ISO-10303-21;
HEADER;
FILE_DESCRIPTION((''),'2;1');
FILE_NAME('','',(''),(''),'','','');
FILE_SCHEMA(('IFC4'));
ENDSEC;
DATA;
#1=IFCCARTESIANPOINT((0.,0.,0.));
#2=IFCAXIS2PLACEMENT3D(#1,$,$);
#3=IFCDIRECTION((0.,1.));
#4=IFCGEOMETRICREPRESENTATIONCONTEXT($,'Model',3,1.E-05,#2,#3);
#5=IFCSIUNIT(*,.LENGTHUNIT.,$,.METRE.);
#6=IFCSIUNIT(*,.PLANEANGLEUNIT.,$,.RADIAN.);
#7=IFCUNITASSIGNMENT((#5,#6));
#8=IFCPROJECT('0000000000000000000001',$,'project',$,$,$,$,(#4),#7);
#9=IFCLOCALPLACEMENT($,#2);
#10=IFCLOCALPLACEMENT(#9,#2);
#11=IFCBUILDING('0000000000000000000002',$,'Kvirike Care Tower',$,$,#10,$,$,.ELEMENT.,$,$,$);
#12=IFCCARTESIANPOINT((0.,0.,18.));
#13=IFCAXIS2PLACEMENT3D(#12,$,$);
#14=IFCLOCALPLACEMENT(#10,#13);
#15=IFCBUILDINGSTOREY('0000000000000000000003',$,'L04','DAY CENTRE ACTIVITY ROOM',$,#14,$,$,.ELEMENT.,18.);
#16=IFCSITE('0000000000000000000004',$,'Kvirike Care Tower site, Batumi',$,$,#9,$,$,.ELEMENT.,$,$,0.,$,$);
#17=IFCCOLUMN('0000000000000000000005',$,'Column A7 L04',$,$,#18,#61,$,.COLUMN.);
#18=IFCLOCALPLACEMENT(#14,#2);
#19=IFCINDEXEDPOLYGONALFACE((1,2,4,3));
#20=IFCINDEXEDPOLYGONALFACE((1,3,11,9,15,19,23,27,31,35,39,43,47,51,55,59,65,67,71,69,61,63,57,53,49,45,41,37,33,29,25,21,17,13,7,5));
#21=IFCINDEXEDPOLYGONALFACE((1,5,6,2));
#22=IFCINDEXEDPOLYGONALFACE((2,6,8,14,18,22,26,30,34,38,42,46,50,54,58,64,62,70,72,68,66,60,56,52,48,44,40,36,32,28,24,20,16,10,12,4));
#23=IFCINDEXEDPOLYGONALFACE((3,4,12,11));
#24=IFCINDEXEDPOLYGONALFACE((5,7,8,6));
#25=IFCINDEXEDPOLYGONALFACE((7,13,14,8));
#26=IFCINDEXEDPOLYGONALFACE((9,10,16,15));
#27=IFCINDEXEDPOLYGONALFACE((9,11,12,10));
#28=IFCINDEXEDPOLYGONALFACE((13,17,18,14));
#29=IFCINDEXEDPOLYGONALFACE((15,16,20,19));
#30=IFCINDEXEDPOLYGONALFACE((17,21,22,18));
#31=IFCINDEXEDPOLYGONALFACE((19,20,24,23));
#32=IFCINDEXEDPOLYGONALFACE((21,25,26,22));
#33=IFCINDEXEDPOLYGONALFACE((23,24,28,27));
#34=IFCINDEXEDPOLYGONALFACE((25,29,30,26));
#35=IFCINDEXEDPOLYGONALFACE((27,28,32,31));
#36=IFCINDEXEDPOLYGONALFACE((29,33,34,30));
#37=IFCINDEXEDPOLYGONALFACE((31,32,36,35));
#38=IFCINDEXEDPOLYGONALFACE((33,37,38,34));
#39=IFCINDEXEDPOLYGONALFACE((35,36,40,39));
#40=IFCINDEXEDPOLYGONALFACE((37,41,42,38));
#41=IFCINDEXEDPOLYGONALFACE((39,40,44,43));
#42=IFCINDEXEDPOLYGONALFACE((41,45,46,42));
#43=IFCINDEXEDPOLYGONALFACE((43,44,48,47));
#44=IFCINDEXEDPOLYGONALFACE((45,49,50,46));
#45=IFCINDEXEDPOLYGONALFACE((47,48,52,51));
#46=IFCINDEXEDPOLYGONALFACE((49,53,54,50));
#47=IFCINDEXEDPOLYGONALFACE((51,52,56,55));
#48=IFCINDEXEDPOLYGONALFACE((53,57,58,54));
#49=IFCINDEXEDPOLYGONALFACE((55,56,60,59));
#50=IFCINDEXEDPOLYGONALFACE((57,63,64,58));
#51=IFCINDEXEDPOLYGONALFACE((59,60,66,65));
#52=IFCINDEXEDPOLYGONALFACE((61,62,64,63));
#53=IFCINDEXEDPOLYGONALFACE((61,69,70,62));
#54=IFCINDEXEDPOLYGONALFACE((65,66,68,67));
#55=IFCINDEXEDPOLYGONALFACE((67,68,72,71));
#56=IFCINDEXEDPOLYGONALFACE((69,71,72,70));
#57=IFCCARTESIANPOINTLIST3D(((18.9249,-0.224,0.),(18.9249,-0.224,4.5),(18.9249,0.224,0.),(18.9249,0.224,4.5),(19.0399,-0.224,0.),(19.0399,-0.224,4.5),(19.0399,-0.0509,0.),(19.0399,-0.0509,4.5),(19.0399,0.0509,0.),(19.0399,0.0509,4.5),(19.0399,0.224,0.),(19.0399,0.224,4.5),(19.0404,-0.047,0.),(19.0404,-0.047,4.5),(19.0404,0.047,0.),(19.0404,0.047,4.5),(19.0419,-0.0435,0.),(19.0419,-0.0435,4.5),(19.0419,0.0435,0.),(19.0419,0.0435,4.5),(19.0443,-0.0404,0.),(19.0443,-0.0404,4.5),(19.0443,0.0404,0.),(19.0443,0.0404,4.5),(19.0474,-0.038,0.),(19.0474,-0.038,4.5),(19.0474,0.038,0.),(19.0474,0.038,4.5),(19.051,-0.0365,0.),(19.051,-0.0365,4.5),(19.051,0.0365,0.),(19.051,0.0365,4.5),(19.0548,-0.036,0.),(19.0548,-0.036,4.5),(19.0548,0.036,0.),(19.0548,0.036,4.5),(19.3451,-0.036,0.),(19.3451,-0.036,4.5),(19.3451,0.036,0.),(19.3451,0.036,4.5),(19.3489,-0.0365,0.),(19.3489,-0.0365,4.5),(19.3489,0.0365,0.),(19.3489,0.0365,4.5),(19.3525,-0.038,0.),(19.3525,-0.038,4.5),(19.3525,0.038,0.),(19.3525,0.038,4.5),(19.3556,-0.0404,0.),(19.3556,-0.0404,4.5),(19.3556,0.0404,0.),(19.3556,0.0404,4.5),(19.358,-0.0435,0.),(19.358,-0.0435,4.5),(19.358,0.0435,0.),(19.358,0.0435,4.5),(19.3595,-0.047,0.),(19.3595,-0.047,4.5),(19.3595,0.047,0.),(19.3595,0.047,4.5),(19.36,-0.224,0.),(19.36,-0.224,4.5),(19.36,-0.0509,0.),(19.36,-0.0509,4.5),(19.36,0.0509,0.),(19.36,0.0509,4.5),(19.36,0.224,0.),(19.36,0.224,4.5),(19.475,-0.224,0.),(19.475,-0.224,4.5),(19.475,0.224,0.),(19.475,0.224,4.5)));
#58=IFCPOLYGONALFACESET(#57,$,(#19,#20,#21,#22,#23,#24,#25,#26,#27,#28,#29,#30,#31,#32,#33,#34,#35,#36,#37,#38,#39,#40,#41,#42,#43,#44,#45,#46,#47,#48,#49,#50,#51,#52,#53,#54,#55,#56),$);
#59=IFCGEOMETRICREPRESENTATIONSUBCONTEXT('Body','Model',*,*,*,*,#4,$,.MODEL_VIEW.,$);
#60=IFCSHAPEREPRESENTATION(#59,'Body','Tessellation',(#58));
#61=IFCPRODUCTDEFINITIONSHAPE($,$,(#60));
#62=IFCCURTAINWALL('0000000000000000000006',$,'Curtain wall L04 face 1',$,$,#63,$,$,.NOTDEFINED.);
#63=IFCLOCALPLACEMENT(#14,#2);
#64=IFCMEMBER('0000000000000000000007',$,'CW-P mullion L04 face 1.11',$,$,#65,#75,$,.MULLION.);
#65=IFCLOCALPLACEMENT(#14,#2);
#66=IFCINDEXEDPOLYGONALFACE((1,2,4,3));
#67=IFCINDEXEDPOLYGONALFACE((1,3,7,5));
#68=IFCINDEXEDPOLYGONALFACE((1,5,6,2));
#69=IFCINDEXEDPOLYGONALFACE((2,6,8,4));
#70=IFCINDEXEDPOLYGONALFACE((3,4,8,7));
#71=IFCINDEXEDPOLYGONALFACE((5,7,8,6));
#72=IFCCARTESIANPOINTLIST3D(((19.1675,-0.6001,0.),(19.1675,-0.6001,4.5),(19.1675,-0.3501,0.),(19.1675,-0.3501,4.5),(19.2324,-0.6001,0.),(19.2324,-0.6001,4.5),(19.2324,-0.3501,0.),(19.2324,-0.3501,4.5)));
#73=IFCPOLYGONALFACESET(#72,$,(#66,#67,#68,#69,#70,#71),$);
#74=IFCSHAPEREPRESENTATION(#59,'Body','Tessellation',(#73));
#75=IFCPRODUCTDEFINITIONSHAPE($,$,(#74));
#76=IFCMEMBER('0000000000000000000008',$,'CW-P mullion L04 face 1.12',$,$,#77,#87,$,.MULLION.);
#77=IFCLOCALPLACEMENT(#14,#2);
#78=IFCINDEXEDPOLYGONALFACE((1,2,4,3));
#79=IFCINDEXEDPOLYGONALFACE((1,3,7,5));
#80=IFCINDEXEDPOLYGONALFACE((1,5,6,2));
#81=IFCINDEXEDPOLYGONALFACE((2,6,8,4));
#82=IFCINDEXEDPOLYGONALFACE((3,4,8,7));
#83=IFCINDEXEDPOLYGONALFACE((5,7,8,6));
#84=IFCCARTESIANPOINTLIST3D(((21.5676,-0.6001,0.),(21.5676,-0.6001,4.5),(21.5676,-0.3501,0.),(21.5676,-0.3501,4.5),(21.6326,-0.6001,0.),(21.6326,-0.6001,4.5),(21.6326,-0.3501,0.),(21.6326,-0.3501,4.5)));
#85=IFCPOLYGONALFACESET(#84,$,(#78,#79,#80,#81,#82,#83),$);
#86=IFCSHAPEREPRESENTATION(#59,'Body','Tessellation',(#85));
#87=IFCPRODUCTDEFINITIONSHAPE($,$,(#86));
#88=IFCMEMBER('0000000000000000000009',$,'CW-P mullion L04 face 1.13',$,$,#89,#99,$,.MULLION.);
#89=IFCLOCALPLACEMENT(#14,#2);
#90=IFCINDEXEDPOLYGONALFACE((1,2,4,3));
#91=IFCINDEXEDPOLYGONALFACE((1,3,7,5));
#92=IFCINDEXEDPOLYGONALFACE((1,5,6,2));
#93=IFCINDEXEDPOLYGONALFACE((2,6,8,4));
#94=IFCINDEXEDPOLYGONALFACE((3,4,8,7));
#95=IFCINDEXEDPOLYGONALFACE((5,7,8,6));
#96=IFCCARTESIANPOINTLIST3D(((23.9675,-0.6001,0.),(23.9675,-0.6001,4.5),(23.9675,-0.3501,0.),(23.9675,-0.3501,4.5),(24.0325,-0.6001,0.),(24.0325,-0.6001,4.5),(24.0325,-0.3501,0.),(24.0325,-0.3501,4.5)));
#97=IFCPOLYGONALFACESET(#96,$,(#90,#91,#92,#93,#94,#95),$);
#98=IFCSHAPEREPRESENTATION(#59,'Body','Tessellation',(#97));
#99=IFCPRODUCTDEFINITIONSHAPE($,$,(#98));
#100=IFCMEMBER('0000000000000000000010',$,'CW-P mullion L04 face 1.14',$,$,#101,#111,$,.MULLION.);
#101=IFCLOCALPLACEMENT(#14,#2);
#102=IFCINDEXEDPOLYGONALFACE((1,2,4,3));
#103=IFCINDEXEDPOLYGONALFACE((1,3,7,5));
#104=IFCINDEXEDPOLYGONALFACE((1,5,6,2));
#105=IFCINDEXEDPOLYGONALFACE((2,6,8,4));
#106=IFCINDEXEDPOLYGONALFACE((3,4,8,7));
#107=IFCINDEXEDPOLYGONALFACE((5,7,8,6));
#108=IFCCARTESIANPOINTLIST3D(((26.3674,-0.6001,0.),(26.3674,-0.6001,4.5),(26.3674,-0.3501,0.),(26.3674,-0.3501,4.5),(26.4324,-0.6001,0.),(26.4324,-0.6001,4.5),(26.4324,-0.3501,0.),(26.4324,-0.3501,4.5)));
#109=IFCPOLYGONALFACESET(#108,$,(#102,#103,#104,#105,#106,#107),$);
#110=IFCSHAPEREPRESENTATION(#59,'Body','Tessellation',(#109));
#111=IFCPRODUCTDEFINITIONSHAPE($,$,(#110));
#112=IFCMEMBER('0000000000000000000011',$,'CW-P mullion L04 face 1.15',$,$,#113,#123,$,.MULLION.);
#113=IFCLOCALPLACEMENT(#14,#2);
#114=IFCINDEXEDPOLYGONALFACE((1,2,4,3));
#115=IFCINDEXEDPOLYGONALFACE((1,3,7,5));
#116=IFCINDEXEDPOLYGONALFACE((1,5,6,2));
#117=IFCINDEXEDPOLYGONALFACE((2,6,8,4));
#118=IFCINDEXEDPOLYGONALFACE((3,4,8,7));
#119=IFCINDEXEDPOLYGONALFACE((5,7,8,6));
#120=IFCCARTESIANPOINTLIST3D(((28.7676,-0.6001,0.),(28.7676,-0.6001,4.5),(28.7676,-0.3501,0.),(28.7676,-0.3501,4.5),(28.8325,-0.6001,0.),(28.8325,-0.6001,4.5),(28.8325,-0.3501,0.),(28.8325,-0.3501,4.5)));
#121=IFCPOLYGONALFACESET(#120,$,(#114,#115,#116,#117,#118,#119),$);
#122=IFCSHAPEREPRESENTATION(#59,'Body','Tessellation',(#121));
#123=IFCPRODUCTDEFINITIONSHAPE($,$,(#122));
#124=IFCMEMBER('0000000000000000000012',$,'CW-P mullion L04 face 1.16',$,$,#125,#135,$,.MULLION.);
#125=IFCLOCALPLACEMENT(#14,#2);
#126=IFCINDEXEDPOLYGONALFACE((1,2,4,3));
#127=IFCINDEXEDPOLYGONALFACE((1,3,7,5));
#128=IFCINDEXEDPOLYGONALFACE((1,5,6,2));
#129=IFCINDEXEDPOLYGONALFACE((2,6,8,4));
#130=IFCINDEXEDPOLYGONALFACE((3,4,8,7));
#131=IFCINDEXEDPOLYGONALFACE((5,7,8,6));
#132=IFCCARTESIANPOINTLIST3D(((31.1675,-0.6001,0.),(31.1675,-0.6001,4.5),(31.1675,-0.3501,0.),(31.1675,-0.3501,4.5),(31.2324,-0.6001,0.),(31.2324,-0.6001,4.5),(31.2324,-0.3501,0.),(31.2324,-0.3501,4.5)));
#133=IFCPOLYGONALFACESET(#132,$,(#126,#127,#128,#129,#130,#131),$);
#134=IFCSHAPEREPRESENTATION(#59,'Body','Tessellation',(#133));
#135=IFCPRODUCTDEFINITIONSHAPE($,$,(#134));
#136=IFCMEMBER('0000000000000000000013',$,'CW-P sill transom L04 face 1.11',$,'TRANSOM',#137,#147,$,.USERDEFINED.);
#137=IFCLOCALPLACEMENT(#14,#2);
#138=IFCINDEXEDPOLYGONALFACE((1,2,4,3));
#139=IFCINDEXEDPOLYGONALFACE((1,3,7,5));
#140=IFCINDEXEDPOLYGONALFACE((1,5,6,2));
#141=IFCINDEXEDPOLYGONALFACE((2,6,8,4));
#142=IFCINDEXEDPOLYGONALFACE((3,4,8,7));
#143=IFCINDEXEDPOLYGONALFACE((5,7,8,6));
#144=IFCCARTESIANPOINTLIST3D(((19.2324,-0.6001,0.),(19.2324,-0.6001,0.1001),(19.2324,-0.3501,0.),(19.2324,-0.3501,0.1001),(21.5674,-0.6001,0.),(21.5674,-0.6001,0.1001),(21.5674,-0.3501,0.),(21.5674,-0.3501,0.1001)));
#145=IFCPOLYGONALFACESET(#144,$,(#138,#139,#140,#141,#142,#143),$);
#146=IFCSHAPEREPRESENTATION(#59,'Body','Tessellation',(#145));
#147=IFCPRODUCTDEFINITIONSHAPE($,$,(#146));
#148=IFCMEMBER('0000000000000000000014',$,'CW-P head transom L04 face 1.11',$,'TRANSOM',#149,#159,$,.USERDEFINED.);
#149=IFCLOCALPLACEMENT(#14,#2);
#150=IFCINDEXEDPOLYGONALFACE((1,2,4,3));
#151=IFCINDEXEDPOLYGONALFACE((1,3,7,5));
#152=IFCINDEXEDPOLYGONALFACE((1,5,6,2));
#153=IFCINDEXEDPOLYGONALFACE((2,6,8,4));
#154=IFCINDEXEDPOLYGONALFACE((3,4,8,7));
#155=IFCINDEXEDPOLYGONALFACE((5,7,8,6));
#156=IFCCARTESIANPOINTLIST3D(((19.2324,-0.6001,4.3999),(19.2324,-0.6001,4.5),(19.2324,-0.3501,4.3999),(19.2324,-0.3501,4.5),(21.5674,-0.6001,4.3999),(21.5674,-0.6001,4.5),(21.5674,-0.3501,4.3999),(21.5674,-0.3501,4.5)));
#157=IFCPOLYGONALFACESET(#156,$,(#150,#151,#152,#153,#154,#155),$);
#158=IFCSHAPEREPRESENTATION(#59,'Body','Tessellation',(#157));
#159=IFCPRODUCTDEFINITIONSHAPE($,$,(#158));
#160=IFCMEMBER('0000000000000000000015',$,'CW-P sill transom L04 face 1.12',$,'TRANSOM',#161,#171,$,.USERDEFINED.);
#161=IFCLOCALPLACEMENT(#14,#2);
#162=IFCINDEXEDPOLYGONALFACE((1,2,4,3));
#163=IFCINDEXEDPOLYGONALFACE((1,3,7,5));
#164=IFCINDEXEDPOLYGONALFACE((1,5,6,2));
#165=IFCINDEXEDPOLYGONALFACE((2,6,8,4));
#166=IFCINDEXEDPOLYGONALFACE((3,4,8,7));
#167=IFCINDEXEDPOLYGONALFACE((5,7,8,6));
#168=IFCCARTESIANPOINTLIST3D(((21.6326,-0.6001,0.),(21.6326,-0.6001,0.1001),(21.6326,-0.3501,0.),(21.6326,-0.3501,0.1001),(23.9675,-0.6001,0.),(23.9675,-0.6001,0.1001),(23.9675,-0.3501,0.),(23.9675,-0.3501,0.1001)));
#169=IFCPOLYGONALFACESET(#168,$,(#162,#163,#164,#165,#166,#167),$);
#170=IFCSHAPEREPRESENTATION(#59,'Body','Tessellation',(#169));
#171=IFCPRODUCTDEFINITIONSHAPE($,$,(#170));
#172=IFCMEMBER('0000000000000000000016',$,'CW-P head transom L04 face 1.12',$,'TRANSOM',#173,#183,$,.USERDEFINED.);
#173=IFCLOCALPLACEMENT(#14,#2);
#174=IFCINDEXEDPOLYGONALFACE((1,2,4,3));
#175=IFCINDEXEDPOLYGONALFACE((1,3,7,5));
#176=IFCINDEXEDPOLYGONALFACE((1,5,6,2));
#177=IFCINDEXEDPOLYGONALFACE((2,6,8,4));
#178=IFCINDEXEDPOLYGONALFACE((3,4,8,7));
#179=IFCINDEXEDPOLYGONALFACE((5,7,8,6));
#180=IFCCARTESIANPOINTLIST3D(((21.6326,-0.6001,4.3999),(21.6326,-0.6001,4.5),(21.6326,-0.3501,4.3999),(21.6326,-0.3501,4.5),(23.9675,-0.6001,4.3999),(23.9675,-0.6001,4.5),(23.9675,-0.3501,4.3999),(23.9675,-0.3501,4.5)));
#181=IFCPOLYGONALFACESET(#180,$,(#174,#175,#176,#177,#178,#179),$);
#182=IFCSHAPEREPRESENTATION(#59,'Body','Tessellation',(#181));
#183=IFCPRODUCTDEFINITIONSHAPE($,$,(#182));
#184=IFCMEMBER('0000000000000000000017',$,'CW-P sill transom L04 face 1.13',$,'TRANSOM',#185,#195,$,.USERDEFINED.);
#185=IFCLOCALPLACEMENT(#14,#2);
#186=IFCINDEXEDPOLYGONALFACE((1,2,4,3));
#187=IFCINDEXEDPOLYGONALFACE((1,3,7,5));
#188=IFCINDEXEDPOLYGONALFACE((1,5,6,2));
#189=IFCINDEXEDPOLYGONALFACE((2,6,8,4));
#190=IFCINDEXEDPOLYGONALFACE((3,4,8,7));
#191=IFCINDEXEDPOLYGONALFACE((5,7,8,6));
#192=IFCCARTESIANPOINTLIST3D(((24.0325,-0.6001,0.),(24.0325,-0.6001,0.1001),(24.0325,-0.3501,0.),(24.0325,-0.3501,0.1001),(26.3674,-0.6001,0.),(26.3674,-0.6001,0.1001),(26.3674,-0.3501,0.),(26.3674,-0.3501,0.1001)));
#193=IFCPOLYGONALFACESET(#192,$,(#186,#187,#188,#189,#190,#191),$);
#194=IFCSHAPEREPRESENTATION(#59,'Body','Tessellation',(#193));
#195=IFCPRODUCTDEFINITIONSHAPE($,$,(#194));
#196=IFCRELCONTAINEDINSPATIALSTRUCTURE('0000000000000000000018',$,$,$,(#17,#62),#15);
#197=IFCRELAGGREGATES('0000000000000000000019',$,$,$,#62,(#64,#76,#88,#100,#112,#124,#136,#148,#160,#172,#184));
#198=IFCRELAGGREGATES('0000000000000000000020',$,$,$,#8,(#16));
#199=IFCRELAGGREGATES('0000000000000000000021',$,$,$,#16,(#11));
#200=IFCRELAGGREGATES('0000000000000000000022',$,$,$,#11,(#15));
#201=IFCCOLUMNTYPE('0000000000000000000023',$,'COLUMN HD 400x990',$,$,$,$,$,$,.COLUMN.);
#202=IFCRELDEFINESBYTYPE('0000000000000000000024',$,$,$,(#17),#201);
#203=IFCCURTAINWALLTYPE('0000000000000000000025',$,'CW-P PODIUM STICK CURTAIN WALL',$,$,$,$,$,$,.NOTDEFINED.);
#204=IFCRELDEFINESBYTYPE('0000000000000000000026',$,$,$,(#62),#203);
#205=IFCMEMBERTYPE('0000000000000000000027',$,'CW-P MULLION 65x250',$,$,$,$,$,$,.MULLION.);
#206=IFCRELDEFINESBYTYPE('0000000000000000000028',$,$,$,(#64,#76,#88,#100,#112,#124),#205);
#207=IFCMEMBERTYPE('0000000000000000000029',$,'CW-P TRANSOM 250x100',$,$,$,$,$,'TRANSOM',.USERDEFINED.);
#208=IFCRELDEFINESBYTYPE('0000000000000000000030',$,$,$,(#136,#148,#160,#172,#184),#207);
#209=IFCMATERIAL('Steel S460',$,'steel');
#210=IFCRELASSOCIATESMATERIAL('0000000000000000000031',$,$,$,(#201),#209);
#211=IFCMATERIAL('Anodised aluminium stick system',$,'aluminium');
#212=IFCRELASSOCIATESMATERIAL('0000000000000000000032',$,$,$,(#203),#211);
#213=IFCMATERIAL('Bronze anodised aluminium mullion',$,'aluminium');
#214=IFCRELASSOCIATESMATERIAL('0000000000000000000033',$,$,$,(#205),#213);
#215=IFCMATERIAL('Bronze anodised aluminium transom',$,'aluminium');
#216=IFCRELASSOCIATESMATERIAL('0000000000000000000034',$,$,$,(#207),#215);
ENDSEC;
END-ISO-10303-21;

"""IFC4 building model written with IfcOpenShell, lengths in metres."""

from ifc_helpers import new_model, si_unit, direction, frame, origin, origin_2d, place, context, subcontext, project, spatial, rectangle, i_section, extrude, material, material_profile, profile_set, type_object, element, aggregate, save


model = new_model("IFC4")

# Units and contexts
model_context = context("Model", 3, precision=1e-05, world=origin(), true_north=direction((0.0, 1.0)))
body_context = subcontext(model_context, "Body", "Model", "MODEL_VIEW")
ifc_project = project(units=[si_unit("LENGTHUNIT", "METRE"), si_unit("PLANEANGLEUNIT", "RADIAN")], contexts=[model_context])

# Site, building, storey
site_placement = place(None, origin())
site = spatial("IfcSite", under=ifc_project, at=site_placement, Name="Kvirike Care Tower site, Batumi", CompositionType="ELEMENT", RefElevation=0.0)
building_placement = place(site_placement, origin())
building = spatial("IfcBuilding", under=site, at=building_placement, Name="Kvirike Care Tower", CompositionType="ELEMENT")
storey_placement = place(building_placement, frame((0.0, 0.0, 18.0)))
storey = spatial("IfcBuildingStorey", under=building, at=storey_placement, Name="L04", Description="DAY CENTRE ACTIVITY ROOM", CompositionType="ELEMENT", Elevation=18.0)

# Column
ifc_material_1 = material(Name="Steel S460", Category="steel")
ifc_material_profile_1 = material_profile(ifc_material_1, i_section(OverallWidth=0.448, OverallDepth=0.55, WebThickness=0.072, FlangeThickness=0.115, FilletRadius=0.0149, at=origin_2d()), Name="HD 400x990")
ifc_profile_set_1 = profile_set([ifc_material_profile_1], Name="Steel S460")
column_type = type_object("IfcColumnType", Name="COLUMN HD 400x990", PredefinedType="COLUMN", material=ifc_profile_set_1)
column_placement = place(storey_placement, frame((19.2, 0.0, 0.0), z_axis=(0.0, 0.0, 1.0), x_axis=(0.0, 1.0, 0.0)))
element("IfcColumn", 1, at=column_placement, inside=storey, type_object=column_type, Name="Column A7 L04", PredefinedType="COLUMN", context=body_context, shape_type="SweptSolid", body=[
    extrude(i_section(OverallWidth=0.448, OverallDepth=0.55, WebThickness=0.072, FlangeThickness=0.115, FilletRadius=0.0149, at=origin_2d()), origin(), (0.0, 0.0, 1.0), 4.5),
])

# Curtain wall, members
ifc_material_2 = material(Name="Anodised aluminium stick system", Category="aluminium")
curtain_wall_type = type_object("IfcCurtainWallType", Name="CW-P PODIUM STICK CURTAIN WALL", PredefinedType="NOTDEFINED", material=ifc_material_2)
curtain_wall_placement = place(storey_placement, origin())
curtain_wall = element("IfcCurtainWall", 2, at=curtain_wall_placement, inside=storey, type_object=curtain_wall_type, Name="Curtain wall L04 face 1", PredefinedType="NOTDEFINED")
ifc_material_3 = material(Name="Bronze anodised aluminium mullion", Category="aluminium")
ifc_material_profile_2 = material_profile(ifc_material_3, rectangle(XDim=0.0649, YDim=0.25, at=origin_2d()), Name="CW-P MULLION 65x250")
ifc_profile_set_2 = profile_set([ifc_material_profile_2], Name="Bronze anodised aluminium mullion")
member_type_1 = type_object("IfcMemberType", Name="CW-P MULLION 65x250", PredefinedType="MULLION", material=ifc_profile_set_2)
member_1_placement = place(storey_placement, frame((19.2, -0.4751, 0.0), z_axis=(0.0, 0.0, 1.0), x_axis=(1.0, 0.0, 0.0)))
member_1 = element("IfcMember", 3, at=member_1_placement, type_object=member_type_1, Name="CW-P mullion L04 face 1.11", PredefinedType="MULLION", context=body_context, shape_type="SweptSolid", body=[
    extrude(rectangle(XDim=0.0649, YDim=0.25, at=origin_2d()), origin(), (0.0, 0.0, 1.0), 4.5),
])
member_2_placement = place(storey_placement, frame((21.6001, -0.4751, 0.0), z_axis=(0.0, 0.0, 1.0), x_axis=(1.0, 0.0, 0.0)))
member_2 = element("IfcMember", 4, at=member_2_placement, type_object=member_type_1, Name="CW-P mullion L04 face 1.12", PredefinedType="MULLION", context=body_context, shape_type="SweptSolid", body=[
    extrude(rectangle(XDim=0.0649, YDim=0.25, at=origin_2d()), origin(), (0.0, 0.0, 1.0), 4.5),
])
member_3_placement = place(storey_placement, frame((24.0, -0.4751, 0.0), z_axis=(0.0, 0.0, 1.0), x_axis=(1.0, 0.0, 0.0)))
member_3 = element("IfcMember", 5, at=member_3_placement, type_object=member_type_1, Name="CW-P mullion L04 face 1.13", PredefinedType="MULLION", context=body_context, shape_type="SweptSolid", body=[
    extrude(rectangle(XDim=0.0649, YDim=0.25, at=origin_2d()), origin(), (0.0, 0.0, 1.0), 4.5),
])
member_4_placement = place(storey_placement, frame((26.3999, -0.4751, 0.0), z_axis=(0.0, 0.0, 1.0), x_axis=(1.0, 0.0, 0.0)))
member_4 = element("IfcMember", 6, at=member_4_placement, type_object=member_type_1, Name="CW-P mullion L04 face 1.14", PredefinedType="MULLION", context=body_context, shape_type="SweptSolid", body=[
    extrude(rectangle(XDim=0.0649, YDim=0.25, at=origin_2d()), origin(), (0.0, 0.0, 1.0), 4.5),
])
member_5_placement = place(storey_placement, frame((28.8, -0.4751, 0.0), z_axis=(0.0, 0.0, 1.0), x_axis=(1.0, 0.0, 0.0)))
member_5 = element("IfcMember", 7, at=member_5_placement, type_object=member_type_1, Name="CW-P mullion L04 face 1.15", PredefinedType="MULLION", context=body_context, shape_type="SweptSolid", body=[
    extrude(rectangle(XDim=0.0649, YDim=0.25, at=origin_2d()), origin(), (0.0, 0.0, 1.0), 4.5),
])
member_6_placement = place(storey_placement, frame((31.2, -0.4751, 0.0), z_axis=(0.0, 0.0, 1.0), x_axis=(1.0, 0.0, 0.0)))
member_6 = element("IfcMember", 8, at=member_6_placement, type_object=member_type_1, Name="CW-P mullion L04 face 1.16", PredefinedType="MULLION", context=body_context, shape_type="SweptSolid", body=[
    extrude(rectangle(XDim=0.0649, YDim=0.25, at=origin_2d()), origin(), (0.0, 0.0, 1.0), 4.5),
])
ifc_material_4 = material(Name="Bronze anodised aluminium transom", Category="aluminium")
ifc_material_profile_3 = material_profile(ifc_material_4, rectangle(XDim=0.25, YDim=0.1001, at=origin_2d()), Name="CW-P TRANSOM 250x100")
ifc_profile_set_3 = profile_set([ifc_material_profile_3], Name="Bronze anodised aluminium transom")
member_type_2 = type_object("IfcMemberType", Name="CW-P TRANSOM 250x100", ElementType="TRANSOM", PredefinedType="USERDEFINED", material=ifc_profile_set_3)
member_7_placement = place(storey_placement, frame((19.2324, -0.4751, 0.05), z_axis=(1.0, 0.0, 0.0), x_axis=(0.0, 1.0, 0.0)))
member_7 = element("IfcMember", 9, at=member_7_placement, type_object=member_type_2, Name="CW-P sill transom L04 face 1.11", ObjectType="TRANSOM", PredefinedType="USERDEFINED", context=body_context, shape_type="SweptSolid", body=[
    extrude(rectangle(XDim=0.25, YDim=0.1001, at=origin_2d()), origin(), (0.0, 0.0, 1.0), 2.335),
])
member_8_placement = place(storey_placement, frame((19.2324, -0.4751, 4.45), z_axis=(1.0, 0.0, 0.0), x_axis=(0.0, 1.0, 0.0)))
member_8 = element("IfcMember", 10, at=member_8_placement, type_object=member_type_2, Name="CW-P head transom L04 face 1.11", ObjectType="TRANSOM", PredefinedType="USERDEFINED", context=body_context, shape_type="SweptSolid", body=[
    extrude(rectangle(XDim=0.25, YDim=0.1001, at=origin_2d()), origin(), (0.0, 0.0, 1.0), 2.335),
])
member_9_placement = place(storey_placement, frame((21.6326, -0.4751, 0.05), z_axis=(1.0, 0.0, 0.0), x_axis=(0.0, 1.0, 0.0)))
member_9 = element("IfcMember", 11, at=member_9_placement, type_object=member_type_2, Name="CW-P sill transom L04 face 1.12", ObjectType="TRANSOM", PredefinedType="USERDEFINED", context=body_context, shape_type="SweptSolid", body=[
    extrude(rectangle(XDim=0.25, YDim=0.1001, at=origin_2d()), origin(), (0.0, 0.0, 1.0), 2.335),
])
member_10_placement = place(storey_placement, frame((21.6326, -0.4751, 4.45), z_axis=(1.0, 0.0, 0.0), x_axis=(0.0, 1.0, 0.0)))
member_10 = element("IfcMember", 12, at=member_10_placement, type_object=member_type_2, Name="CW-P head transom L04 face 1.12", ObjectType="TRANSOM", PredefinedType="USERDEFINED", context=body_context, shape_type="SweptSolid", body=[
    extrude(rectangle(XDim=0.25, YDim=0.1001, at=origin_2d()), origin(), (0.0, 0.0, 1.0), 2.335),
])
member_11_placement = place(storey_placement, frame((24.0325, -0.4751, 0.05), z_axis=(1.0, 0.0, 0.0), x_axis=(0.0, 1.0, 0.0)))
member_11 = element("IfcMember", 13, at=member_11_placement, type_object=member_type_2, Name="CW-P sill transom L04 face 1.13", ObjectType="TRANSOM", PredefinedType="USERDEFINED", context=body_context, shape_type="SweptSolid", body=[
    extrude(rectangle(XDim=0.25, YDim=0.1001, at=origin_2d()), origin(), (0.0, 0.0, 1.0), 2.335),
])

aggregate(curtain_wall, [member_1, member_2, member_3, member_4, member_5, member_6, member_7, member_8, member_9, member_10, member_11])

save(model, "model.ifc")
